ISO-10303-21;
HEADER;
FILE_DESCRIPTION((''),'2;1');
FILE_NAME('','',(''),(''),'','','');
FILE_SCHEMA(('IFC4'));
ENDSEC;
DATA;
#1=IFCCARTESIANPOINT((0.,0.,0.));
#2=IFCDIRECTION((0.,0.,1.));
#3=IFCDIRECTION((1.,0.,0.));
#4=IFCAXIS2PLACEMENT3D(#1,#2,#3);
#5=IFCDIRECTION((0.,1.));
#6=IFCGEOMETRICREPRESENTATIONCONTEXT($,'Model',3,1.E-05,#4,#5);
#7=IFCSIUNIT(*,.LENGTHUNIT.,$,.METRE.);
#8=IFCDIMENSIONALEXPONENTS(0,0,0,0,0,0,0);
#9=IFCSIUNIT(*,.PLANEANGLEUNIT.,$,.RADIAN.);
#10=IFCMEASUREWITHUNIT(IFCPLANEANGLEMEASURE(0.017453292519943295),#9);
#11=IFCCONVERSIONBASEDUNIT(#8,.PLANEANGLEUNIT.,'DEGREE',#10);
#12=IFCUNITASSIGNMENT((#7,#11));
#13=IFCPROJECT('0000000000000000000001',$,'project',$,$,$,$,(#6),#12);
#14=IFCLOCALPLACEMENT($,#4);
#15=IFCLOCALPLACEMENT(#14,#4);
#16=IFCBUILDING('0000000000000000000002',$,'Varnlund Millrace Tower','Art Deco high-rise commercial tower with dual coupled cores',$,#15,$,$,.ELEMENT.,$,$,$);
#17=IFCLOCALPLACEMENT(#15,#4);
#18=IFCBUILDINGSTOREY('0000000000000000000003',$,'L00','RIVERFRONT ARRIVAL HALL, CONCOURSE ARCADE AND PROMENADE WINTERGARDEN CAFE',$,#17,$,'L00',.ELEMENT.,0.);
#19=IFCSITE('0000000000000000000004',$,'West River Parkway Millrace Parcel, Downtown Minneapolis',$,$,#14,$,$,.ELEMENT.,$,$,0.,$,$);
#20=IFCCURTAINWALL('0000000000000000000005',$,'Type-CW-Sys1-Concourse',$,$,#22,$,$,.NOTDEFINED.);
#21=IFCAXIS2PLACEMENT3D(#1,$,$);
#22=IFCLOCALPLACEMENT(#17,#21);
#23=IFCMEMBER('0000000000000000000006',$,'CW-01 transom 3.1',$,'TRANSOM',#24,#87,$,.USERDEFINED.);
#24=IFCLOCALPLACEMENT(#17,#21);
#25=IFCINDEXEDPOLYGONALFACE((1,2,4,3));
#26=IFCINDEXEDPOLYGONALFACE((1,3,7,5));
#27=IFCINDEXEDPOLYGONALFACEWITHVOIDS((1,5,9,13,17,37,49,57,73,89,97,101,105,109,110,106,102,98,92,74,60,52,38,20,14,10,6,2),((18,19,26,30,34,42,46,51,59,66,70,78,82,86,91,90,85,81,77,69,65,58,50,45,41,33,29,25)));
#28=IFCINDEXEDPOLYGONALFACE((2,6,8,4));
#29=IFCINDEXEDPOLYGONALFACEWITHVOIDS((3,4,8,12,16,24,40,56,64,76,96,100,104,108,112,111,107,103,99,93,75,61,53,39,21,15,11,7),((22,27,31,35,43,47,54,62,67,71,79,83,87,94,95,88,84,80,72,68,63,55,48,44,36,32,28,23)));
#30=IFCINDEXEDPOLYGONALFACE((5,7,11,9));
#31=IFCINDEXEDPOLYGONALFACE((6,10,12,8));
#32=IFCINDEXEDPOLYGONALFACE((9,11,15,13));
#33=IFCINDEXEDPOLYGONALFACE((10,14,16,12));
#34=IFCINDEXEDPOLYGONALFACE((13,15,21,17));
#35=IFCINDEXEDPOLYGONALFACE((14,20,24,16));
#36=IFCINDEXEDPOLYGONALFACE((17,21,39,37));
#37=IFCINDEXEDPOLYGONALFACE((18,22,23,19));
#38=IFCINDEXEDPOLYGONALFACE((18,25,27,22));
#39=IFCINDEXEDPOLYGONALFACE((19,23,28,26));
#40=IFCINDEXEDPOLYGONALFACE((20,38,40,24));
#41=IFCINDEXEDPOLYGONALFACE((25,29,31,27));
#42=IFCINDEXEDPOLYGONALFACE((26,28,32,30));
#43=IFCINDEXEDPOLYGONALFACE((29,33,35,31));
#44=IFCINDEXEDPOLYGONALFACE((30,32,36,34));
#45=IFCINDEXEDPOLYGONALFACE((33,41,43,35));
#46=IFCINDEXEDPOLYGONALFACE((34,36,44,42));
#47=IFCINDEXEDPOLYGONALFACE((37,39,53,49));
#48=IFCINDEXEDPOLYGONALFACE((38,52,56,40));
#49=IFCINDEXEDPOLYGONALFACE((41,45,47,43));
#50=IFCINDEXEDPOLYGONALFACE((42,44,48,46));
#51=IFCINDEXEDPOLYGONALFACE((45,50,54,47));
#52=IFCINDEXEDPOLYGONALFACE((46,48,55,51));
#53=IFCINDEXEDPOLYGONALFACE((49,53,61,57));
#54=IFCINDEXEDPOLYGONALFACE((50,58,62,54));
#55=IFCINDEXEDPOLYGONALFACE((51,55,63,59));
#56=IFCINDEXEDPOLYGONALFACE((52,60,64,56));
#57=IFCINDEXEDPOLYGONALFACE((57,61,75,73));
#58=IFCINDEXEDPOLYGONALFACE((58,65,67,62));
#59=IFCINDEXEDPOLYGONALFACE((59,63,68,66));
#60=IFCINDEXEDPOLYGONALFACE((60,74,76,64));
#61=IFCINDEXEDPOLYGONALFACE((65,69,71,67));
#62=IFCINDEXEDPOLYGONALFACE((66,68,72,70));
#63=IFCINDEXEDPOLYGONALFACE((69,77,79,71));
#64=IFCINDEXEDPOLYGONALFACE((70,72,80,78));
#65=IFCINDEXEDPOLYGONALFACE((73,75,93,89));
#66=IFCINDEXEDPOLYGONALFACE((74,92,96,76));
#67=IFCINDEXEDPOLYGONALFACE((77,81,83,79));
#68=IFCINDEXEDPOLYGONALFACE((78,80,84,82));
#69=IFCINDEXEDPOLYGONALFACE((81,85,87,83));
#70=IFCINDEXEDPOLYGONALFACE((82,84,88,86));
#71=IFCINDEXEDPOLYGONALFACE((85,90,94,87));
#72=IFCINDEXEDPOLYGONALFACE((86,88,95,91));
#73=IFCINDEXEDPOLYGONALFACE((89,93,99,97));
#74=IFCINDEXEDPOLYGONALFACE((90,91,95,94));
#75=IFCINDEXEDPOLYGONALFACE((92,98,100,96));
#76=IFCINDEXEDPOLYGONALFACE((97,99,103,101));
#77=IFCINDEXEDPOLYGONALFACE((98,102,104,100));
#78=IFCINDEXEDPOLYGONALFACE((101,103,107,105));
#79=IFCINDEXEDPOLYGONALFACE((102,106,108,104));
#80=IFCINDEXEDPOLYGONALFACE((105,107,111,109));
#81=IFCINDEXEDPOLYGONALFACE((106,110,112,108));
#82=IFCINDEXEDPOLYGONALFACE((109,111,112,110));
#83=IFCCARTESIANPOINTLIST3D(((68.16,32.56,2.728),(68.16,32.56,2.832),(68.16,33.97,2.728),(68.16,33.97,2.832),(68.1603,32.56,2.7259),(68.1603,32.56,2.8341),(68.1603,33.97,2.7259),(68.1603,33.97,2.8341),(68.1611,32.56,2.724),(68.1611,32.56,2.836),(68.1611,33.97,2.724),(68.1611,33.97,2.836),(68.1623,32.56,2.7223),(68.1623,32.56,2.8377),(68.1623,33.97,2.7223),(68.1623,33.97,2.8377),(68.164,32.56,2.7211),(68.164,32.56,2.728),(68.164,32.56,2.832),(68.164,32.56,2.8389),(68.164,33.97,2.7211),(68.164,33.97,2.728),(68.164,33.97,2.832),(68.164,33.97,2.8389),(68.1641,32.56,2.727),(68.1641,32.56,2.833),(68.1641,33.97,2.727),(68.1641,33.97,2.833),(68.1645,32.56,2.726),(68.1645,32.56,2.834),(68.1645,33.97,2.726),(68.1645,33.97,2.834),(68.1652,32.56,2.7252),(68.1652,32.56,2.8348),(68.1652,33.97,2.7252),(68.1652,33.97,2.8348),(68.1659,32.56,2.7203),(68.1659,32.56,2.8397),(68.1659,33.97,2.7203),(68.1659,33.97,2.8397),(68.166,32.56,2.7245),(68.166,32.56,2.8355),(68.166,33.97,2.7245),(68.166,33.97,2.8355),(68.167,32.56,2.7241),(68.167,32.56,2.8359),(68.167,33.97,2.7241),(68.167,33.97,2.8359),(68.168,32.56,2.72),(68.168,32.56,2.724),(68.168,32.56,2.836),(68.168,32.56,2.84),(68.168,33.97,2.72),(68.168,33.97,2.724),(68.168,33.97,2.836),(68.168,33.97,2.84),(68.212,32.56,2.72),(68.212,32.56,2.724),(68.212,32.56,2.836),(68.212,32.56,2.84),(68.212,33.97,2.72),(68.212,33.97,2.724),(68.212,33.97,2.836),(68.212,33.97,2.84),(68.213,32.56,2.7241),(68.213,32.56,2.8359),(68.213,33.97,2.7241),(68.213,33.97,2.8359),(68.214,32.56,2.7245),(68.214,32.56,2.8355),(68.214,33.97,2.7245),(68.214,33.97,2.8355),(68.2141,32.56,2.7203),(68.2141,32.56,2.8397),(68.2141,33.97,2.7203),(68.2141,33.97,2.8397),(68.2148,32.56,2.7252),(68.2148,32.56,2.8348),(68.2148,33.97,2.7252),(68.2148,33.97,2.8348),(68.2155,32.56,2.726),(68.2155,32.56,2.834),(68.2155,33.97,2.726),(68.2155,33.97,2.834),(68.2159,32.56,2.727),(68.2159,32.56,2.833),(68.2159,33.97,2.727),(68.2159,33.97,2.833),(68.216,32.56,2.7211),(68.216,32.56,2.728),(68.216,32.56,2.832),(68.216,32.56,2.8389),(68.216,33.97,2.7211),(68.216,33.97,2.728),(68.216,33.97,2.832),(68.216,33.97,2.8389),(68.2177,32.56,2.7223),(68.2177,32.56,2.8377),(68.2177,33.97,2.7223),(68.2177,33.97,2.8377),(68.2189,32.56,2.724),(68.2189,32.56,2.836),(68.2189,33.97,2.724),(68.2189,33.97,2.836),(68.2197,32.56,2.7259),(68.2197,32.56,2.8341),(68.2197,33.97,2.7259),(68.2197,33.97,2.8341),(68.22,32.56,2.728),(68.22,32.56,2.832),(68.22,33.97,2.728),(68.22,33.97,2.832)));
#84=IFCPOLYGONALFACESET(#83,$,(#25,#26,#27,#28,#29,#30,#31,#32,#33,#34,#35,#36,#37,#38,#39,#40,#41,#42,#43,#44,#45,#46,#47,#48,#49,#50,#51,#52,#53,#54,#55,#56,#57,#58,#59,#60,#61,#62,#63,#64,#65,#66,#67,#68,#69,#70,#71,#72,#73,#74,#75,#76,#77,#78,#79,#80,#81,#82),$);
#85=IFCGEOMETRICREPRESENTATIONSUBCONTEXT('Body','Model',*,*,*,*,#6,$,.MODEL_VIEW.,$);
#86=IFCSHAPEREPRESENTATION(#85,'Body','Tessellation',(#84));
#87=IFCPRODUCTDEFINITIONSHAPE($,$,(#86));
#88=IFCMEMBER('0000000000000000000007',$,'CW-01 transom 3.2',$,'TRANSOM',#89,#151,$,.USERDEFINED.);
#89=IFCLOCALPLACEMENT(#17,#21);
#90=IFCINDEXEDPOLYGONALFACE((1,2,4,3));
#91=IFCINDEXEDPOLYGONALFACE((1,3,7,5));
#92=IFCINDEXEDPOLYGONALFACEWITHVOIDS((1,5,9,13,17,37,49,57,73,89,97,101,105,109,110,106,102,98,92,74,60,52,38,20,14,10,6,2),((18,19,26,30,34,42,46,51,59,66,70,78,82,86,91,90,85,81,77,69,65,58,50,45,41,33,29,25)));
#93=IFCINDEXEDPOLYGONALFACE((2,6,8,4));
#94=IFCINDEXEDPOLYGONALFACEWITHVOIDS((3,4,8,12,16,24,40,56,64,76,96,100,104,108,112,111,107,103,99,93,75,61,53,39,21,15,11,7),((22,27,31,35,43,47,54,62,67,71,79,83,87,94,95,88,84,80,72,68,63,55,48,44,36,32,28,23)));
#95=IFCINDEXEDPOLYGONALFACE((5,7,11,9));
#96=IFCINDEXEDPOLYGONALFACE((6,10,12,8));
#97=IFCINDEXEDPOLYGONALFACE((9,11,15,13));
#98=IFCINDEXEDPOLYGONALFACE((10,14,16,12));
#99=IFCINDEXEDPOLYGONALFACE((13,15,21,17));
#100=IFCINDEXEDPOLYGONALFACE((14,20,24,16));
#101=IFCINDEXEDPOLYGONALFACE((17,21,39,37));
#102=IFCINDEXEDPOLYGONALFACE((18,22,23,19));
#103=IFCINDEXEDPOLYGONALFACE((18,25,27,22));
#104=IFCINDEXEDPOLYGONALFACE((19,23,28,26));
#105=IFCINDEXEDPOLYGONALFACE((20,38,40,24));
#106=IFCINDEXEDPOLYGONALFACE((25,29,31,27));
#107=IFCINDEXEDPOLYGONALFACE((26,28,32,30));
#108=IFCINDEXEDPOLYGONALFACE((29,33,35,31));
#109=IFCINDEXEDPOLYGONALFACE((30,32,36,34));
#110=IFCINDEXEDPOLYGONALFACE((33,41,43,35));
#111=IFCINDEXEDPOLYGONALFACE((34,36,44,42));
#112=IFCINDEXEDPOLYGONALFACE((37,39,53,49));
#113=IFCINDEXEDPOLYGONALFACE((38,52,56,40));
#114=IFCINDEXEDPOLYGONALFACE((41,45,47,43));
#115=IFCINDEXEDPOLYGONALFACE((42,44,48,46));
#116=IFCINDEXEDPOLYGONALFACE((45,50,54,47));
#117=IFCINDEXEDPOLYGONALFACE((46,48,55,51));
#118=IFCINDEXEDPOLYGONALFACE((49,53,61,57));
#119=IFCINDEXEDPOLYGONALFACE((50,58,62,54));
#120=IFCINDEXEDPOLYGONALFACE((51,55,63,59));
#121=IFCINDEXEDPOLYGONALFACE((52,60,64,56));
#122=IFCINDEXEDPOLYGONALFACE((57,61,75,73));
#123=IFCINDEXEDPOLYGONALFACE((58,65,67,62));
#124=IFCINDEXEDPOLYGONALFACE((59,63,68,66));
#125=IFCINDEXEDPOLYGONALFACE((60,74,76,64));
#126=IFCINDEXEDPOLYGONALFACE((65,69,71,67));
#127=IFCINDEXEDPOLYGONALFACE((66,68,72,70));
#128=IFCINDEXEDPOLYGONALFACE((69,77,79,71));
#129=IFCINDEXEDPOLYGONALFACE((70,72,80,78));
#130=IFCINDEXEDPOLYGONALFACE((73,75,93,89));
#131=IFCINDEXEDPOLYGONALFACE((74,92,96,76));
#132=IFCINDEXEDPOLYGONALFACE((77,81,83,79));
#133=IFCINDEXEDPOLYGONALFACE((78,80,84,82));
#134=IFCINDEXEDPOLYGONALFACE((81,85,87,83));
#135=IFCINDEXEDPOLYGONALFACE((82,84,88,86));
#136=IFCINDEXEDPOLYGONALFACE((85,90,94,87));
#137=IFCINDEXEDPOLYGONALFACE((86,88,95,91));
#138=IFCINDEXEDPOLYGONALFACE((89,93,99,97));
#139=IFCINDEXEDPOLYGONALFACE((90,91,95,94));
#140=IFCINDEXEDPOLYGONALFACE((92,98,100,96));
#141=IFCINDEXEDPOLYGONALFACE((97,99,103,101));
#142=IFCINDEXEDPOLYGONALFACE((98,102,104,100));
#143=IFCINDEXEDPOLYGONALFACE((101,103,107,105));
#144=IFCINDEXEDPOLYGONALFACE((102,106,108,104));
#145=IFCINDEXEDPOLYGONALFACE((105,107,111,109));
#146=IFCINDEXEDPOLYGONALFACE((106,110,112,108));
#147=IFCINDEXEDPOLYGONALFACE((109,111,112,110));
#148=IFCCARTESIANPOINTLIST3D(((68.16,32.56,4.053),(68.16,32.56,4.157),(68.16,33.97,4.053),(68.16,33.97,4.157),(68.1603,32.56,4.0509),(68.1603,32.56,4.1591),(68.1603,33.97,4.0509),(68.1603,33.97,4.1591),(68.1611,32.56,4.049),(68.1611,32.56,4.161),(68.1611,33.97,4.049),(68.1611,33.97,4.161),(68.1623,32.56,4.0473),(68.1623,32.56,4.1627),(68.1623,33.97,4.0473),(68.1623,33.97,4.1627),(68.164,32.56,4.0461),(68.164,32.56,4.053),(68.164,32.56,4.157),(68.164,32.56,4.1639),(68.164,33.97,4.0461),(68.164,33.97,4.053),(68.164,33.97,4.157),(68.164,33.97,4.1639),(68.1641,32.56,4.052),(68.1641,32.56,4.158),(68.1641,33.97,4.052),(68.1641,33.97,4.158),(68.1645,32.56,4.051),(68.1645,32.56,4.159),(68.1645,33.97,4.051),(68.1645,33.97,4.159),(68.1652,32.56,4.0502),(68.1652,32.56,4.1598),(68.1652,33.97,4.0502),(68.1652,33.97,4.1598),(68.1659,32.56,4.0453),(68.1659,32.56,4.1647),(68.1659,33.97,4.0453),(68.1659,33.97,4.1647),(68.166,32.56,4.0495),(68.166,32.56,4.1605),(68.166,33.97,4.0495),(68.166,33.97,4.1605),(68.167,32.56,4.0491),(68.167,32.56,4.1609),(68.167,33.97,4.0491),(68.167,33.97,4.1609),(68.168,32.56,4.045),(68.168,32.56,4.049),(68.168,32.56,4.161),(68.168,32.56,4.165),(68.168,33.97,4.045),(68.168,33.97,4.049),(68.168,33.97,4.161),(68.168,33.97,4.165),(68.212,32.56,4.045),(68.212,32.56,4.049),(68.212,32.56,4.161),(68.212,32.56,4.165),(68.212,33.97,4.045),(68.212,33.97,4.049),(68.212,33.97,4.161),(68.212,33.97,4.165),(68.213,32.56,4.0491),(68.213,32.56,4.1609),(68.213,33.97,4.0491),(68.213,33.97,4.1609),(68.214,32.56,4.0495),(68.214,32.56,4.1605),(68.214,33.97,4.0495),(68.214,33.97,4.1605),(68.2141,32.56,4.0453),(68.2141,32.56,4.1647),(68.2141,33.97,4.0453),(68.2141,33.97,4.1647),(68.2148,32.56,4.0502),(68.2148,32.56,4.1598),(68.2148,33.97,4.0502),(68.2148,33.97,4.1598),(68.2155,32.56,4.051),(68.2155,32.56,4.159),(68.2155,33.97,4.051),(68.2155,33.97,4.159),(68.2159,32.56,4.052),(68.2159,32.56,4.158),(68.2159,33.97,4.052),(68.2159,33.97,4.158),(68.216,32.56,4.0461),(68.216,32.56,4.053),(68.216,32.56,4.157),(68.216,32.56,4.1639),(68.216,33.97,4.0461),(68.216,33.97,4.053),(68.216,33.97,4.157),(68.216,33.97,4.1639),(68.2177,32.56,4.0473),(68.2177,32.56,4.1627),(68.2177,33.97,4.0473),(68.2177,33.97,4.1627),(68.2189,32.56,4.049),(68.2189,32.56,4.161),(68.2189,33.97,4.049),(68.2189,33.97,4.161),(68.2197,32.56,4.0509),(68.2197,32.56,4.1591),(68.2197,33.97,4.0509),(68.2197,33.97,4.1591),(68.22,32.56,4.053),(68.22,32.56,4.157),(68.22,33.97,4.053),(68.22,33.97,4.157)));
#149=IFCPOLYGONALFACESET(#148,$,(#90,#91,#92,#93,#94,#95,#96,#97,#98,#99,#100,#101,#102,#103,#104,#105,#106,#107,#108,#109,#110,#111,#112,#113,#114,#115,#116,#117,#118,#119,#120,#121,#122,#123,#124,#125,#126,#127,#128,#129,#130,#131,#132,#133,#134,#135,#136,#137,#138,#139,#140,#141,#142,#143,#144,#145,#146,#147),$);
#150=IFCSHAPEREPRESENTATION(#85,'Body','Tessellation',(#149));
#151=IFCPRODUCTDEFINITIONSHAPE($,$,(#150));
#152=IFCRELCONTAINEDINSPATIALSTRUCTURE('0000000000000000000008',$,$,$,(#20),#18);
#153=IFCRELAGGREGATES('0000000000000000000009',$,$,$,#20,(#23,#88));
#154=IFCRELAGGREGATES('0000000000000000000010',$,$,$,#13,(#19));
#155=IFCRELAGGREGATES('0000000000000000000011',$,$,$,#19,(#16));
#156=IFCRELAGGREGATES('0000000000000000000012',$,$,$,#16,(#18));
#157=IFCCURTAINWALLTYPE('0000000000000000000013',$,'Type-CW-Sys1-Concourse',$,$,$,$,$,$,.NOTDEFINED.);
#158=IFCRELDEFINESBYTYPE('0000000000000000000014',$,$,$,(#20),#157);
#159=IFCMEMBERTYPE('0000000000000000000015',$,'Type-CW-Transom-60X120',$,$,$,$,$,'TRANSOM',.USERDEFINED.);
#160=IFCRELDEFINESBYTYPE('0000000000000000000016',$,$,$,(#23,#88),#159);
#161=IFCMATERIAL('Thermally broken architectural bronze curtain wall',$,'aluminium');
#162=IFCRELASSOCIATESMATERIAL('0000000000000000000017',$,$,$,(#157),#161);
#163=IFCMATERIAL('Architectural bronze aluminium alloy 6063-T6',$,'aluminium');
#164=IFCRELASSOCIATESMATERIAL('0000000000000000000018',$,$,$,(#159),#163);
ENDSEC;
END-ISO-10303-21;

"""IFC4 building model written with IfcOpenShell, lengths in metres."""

from ifc_helpers import new_model, entity, si_unit, converted_unit, direction, frame, origin_with_axes, origin_2d_with_axis, place, context, subcontext, project, spatial, hollow_rectangle, extrude, material, material_profile, profile_set, type_object, element, aggregate, save


model = new_model("IFC4")

# Units and contexts
model_context = context("Model", 3, precision=1e-05, world=origin_with_axes(), true_north=direction((0.0, 1.0)))
body_context = subcontext(model_context, "Body", "Model", "MODEL_VIEW")
ifc_project = project(units=[si_unit("LENGTHUNIT", "METRE"), converted_unit("PLANEANGLEUNIT", "DEGREE", entity("IfcPlaneAngleMeasure", 0.017453292519943295), si_unit("PLANEANGLEUNIT", "RADIAN"), dimensions=[0, 0, 0, 0, 0, 0, 0])], contexts=[model_context])

# Site, building, storey
site_placement = place(None, origin_with_axes())
site = spatial("IfcSite", under=ifc_project, at=site_placement, Name="West River Parkway Millrace Parcel, Downtown Minneapolis", CompositionType="ELEMENT", RefElevation=0.0)
building_placement = place(site_placement, origin_with_axes())
building = spatial("IfcBuilding", under=site, at=building_placement, Name="Varnlund Millrace Tower", Description="Art Deco high-rise commercial tower with dual coupled cores", CompositionType="ELEMENT")
storey_placement = place(building_placement, origin_with_axes())
storey = spatial("IfcBuildingStorey", under=building, at=storey_placement, Name="L00", Description="RIVERFRONT ARRIVAL HALL, CONCOURSE ARCADE AND PROMENADE WINTERGARDEN CAFE", LongName="L00", CompositionType="ELEMENT", Elevation=0.0)

# Shared definitions
ifc_material_1 = material(Name="Thermally broken architectural bronze curtain wall", Category="aluminium")
curtain_wall_type = type_object("IfcCurtainWallType", Name="Type-CW-Sys1-Concourse", PredefinedType="NOTDEFINED", material=ifc_material_1)
ifc_material_2 = material(Name="Architectural bronze aluminium alloy 6063-T6", Category="aluminium")

# Curtain wall
curtain_wall_1_placement = place(storey_placement, frame((68.19, 37.0, 2.75), z_axis=(0.0, 0.0, 1.0), x_axis=(1.0, 0.0, 0.0)))
curtain_wall_1 = element("IfcCurtainWall", 1, at=curtain_wall_1_placement, inside=storey, type_object=curtain_wall_type, Name="Type-CW-Sys1-Concourse", PredefinedType="NOTDEFINED")

# Members
ifc_material_profile_1 = material_profile(ifc_material_2, hollow_rectangle(XDim=0.06, YDim=0.12, WallThickness=0.004, InnerFilletRadius=0.004, OuterFilletRadius=0.008, at=origin_2d_with_axis()), Name="Architectural bronze aluminium alloy 6063-T6")
ifc_profile_set_1 = profile_set([ifc_material_profile_1], Name="Architectural bronze aluminium alloy 6063-T6")
member_type_1 = type_object("IfcMemberType", Name="Type-CW-Transom-60X120", ElementType="TRANSOM", PredefinedType="USERDEFINED", material=ifc_profile_set_1)
member_1_placement = place(storey_placement, frame((68.19, 33.97, 2.78), z_axis=(0.0, -1.0, 0.0), x_axis=(1.0, 0.0, 0.0)))
member_1 = element("IfcMember", 2, at=member_1_placement, type_object=member_type_1, Name="CW-01 transom 3.1", ObjectType="TRANSOM", PredefinedType="USERDEFINED", context=body_context, shape_type="SweptSolid", body=[
    extrude(hollow_rectangle(XDim=0.06, YDim=0.12, WallThickness=0.004, InnerFilletRadius=0.004, OuterFilletRadius=0.008, at=origin_2d_with_axis()), origin_with_axes(), (0.0, 0.0, 1.0), 1.41),
])
member_2_placement = place(storey_placement, frame((68.19, 33.97, 4.105), z_axis=(0.0, -1.0, 0.0), x_axis=(1.0, 0.0, 0.0)))
member_2 = element("IfcMember", 3, at=member_2_placement, type_object=member_type_1, Name="CW-01 transom 3.2", ObjectType="TRANSOM", PredefinedType="USERDEFINED", context=body_context, shape_type="SweptSolid", body=[
    extrude(hollow_rectangle(XDim=0.06, YDim=0.12, WallThickness=0.004, InnerFilletRadius=0.004, OuterFilletRadius=0.008, at=origin_2d_with_axis()), origin_with_axes(), (0.0, 0.0, 1.0), 1.41),
])

aggregate(curtain_wall_1, [member_1, member_2])

save(model, "model.ifc")
